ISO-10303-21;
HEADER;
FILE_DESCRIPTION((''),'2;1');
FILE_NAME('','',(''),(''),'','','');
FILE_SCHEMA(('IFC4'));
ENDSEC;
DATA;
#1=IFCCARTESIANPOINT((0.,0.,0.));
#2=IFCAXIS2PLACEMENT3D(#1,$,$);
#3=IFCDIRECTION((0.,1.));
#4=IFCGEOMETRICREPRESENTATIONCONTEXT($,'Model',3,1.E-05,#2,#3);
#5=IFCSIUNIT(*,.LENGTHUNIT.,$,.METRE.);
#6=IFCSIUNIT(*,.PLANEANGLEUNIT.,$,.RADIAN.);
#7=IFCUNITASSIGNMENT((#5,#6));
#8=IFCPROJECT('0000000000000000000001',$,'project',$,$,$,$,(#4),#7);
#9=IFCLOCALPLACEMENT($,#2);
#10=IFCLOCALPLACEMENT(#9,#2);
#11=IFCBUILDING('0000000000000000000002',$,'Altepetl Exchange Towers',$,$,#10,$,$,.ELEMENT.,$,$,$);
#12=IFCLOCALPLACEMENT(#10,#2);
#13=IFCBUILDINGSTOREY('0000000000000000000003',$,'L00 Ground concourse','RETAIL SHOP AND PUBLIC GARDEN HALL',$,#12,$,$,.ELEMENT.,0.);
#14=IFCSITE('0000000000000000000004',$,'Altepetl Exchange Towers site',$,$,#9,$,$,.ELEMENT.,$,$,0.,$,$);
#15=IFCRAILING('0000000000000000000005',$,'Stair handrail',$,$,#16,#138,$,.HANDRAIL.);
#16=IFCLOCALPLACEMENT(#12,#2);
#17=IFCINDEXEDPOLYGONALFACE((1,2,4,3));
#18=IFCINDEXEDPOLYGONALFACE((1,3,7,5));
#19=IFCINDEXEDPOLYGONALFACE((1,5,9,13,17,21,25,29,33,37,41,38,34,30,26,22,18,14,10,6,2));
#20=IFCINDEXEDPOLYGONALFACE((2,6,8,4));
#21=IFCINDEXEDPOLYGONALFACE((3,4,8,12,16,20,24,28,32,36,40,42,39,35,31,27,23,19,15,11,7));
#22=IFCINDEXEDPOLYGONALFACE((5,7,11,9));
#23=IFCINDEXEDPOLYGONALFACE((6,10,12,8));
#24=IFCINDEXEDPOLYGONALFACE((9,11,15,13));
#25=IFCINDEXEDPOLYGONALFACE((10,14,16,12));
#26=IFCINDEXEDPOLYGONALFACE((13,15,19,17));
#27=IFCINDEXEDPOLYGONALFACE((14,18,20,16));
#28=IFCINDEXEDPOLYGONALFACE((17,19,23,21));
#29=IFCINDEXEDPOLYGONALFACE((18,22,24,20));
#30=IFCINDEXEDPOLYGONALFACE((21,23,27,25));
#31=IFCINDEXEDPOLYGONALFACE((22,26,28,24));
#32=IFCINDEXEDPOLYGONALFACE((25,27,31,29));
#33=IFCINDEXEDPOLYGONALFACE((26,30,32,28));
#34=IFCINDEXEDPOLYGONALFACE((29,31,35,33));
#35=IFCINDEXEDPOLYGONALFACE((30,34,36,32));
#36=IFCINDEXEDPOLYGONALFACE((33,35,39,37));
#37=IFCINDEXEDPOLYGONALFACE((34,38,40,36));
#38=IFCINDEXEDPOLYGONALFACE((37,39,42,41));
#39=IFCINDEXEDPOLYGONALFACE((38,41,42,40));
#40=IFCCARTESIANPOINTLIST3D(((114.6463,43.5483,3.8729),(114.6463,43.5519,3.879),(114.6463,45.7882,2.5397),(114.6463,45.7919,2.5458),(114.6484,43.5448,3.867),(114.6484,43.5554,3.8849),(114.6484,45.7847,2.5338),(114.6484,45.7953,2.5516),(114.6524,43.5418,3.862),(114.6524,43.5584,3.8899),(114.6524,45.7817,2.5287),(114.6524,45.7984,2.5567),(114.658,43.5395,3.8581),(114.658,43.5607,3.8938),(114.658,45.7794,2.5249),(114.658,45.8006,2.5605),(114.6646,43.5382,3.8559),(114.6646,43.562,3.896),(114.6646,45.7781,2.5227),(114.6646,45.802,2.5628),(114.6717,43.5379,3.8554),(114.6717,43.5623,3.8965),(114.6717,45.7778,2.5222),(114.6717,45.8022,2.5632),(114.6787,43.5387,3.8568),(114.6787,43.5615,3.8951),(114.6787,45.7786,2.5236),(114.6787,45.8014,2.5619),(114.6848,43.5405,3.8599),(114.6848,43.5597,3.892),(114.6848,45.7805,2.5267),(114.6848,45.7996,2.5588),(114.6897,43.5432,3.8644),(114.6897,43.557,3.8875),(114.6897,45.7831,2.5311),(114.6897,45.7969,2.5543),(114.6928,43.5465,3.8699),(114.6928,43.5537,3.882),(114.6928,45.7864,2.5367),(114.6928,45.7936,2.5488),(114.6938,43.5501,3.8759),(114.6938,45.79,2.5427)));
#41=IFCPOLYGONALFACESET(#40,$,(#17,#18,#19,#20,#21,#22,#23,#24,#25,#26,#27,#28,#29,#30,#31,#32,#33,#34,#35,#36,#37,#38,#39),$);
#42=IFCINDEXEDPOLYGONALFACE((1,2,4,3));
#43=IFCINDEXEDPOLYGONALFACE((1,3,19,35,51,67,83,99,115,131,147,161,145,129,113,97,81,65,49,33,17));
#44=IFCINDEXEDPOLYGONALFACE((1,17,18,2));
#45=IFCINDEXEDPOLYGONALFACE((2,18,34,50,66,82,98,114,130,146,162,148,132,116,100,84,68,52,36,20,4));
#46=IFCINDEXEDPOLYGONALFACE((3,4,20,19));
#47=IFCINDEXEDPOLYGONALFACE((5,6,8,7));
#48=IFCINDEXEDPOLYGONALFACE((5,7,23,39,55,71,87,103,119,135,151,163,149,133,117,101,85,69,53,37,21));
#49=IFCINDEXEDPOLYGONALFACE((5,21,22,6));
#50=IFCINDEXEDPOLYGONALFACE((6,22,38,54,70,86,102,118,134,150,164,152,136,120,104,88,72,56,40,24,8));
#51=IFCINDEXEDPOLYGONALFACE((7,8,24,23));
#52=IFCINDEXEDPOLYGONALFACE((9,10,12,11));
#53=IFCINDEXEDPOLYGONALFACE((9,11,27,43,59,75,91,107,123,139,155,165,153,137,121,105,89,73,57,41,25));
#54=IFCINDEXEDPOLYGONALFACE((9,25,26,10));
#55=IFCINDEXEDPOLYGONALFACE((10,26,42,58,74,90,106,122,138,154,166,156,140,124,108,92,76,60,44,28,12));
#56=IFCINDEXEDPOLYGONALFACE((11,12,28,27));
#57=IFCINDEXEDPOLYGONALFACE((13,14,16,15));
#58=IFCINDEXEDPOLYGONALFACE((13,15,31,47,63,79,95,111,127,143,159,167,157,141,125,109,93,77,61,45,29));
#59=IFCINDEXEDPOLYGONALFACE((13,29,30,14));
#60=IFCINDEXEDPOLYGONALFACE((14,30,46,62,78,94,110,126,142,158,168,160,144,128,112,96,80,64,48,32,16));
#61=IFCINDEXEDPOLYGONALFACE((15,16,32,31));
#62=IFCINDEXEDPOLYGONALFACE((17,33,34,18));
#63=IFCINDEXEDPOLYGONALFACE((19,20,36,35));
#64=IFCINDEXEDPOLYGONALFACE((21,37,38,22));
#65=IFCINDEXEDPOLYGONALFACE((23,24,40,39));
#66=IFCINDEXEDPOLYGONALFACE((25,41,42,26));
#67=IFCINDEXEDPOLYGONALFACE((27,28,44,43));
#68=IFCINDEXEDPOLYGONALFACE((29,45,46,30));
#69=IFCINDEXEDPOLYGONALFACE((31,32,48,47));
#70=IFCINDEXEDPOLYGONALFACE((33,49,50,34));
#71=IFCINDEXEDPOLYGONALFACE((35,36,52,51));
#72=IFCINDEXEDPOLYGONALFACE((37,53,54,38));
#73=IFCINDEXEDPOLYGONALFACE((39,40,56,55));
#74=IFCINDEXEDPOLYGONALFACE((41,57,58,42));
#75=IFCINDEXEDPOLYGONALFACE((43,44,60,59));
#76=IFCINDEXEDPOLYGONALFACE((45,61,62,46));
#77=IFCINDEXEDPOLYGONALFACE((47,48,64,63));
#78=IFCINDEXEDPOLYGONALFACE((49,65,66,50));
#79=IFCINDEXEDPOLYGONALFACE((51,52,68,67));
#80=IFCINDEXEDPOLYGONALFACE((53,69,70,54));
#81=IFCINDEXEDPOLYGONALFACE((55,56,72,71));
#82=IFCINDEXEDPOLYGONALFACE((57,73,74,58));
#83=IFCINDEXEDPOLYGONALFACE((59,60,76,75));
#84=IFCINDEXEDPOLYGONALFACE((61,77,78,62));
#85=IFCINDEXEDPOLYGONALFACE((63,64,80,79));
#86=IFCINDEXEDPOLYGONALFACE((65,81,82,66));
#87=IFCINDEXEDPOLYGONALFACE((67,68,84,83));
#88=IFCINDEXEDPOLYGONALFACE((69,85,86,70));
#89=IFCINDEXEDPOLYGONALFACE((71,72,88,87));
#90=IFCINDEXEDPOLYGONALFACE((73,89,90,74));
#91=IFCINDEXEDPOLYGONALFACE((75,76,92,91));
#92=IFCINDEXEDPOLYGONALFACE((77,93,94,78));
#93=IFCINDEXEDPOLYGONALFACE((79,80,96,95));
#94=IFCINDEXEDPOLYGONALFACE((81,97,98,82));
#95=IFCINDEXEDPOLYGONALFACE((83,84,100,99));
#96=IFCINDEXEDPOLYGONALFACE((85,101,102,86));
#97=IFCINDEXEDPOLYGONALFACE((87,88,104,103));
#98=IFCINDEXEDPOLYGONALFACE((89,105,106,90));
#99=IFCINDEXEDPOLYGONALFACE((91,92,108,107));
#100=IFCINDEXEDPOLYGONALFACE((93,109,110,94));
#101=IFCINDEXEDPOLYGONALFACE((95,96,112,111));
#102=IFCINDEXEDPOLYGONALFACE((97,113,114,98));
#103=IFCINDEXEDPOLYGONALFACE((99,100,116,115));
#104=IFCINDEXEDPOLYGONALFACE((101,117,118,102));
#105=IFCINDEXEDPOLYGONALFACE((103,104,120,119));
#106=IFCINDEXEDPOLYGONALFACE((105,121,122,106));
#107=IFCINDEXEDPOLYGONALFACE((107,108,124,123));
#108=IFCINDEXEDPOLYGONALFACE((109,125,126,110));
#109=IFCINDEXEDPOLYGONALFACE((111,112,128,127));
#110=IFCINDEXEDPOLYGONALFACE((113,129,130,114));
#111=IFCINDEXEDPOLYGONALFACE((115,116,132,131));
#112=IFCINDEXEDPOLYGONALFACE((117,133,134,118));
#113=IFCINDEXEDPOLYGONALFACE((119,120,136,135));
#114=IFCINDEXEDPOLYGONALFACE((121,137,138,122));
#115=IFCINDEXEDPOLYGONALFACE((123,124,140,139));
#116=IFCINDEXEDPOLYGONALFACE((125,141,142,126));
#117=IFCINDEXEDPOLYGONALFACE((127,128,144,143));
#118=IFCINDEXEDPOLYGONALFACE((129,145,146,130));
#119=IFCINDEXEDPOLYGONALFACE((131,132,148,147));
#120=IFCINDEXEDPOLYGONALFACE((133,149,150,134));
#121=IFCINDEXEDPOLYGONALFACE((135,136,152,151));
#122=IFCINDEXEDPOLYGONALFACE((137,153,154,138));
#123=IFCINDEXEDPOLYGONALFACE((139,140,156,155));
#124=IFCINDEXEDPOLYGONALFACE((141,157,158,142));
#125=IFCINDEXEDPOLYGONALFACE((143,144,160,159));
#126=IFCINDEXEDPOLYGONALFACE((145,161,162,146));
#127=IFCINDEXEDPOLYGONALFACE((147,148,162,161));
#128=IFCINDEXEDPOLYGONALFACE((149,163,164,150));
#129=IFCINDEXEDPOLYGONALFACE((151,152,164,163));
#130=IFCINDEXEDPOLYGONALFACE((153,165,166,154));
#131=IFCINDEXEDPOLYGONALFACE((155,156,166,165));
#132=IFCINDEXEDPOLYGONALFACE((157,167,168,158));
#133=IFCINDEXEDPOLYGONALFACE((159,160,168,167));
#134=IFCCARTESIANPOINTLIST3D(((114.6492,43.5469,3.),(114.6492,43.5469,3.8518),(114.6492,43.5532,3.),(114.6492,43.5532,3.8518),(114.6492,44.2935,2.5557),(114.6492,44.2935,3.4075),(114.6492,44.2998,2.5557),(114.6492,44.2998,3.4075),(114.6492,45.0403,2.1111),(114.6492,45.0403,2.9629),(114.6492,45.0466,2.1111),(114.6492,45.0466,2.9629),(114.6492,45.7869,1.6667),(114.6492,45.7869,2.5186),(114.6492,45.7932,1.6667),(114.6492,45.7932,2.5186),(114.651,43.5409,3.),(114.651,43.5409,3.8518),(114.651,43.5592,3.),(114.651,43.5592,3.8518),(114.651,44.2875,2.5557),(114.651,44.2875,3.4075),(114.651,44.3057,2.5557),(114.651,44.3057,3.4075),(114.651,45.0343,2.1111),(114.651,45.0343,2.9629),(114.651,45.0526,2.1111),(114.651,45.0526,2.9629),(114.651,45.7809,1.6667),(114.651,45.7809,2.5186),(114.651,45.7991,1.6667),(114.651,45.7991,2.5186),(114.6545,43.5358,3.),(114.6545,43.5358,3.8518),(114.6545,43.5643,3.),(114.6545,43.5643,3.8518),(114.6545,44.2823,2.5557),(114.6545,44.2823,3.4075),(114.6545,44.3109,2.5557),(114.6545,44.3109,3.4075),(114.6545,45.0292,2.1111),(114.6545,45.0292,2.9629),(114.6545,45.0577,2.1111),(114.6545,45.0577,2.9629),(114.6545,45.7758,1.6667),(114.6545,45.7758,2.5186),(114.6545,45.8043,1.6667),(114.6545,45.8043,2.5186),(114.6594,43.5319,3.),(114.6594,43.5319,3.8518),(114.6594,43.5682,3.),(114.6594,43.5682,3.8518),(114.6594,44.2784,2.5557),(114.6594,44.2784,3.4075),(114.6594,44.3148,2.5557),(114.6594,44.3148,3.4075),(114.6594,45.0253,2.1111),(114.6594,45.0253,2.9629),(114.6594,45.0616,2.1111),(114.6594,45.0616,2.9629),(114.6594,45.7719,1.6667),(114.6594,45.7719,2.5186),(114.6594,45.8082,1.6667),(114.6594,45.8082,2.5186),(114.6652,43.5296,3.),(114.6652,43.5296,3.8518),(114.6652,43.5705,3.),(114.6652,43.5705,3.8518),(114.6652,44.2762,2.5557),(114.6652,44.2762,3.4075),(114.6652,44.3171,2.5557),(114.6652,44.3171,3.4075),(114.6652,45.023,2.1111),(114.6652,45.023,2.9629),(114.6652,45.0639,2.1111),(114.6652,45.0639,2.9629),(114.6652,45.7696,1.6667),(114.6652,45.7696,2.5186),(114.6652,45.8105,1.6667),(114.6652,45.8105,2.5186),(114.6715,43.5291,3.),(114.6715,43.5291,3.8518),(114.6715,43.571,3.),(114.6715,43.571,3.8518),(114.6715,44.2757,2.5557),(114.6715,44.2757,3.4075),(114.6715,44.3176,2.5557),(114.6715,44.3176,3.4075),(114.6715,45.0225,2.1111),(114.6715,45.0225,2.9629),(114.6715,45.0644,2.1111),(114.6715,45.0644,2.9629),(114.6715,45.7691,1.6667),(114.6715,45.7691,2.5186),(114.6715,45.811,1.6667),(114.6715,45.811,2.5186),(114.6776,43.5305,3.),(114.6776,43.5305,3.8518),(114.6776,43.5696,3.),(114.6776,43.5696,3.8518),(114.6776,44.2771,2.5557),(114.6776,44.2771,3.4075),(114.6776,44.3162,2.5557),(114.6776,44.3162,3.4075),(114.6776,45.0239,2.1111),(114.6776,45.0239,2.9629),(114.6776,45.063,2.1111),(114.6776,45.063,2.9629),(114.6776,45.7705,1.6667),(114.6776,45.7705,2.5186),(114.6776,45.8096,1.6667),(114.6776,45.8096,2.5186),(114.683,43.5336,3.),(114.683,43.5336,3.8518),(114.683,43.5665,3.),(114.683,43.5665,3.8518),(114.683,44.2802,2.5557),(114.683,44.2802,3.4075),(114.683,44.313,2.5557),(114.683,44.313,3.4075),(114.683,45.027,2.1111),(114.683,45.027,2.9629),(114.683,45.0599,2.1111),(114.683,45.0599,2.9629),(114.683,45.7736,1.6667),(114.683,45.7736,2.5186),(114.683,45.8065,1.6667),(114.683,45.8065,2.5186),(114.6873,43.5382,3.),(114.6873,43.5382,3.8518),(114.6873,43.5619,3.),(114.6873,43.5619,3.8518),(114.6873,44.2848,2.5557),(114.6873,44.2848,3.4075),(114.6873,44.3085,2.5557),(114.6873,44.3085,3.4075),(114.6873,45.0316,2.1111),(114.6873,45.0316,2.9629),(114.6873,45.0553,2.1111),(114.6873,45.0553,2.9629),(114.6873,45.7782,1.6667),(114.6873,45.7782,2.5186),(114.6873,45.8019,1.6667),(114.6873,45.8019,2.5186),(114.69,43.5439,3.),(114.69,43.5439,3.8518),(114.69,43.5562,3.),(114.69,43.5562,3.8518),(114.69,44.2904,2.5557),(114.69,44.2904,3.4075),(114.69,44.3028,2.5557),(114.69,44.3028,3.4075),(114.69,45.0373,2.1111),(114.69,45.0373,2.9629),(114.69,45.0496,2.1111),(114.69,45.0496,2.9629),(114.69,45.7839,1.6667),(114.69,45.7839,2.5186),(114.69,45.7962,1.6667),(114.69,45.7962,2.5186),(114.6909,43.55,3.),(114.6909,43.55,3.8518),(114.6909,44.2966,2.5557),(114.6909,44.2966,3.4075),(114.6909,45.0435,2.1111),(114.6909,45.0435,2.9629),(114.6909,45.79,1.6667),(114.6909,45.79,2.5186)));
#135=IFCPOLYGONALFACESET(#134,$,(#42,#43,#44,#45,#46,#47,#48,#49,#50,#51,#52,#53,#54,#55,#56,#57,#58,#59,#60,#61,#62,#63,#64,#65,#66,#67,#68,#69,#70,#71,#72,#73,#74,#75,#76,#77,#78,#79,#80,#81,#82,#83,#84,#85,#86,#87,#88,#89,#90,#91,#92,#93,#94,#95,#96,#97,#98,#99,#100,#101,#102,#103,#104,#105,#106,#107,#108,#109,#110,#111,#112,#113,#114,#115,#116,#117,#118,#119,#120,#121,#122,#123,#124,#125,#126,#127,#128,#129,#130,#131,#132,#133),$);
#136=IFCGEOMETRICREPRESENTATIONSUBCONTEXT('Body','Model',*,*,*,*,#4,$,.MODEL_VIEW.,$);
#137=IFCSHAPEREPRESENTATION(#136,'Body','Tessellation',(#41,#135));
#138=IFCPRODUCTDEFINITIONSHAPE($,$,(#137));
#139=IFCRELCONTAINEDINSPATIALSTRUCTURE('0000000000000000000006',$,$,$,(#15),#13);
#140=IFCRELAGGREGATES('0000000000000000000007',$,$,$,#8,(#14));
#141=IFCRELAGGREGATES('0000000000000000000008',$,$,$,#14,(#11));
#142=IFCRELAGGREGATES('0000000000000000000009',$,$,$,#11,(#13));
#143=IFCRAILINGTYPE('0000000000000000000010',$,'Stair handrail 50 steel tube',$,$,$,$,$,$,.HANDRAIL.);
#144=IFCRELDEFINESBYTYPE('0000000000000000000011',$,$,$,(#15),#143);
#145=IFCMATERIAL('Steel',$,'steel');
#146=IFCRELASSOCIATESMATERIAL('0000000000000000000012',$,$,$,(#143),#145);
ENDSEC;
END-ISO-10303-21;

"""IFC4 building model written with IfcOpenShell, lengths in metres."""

from ifc_helpers import new_model, si_unit, direction, frame, origin, origin_2d, place, context, subcontext, project, spatial, circle, extrude, source, transform, mapped, material, type_object, element, save


model = new_model("IFC4")

# Units and contexts
model_context = context("Model", 3, precision=1e-05, world=origin(), true_north=direction((0.0, 1.0)))
body_context = subcontext(model_context, "Body", "Model", "MODEL_VIEW")
ifc_project = project(units=[si_unit("LENGTHUNIT", "METRE"), si_unit("PLANEANGLEUNIT", "RADIAN")], contexts=[model_context])

# Site, building, storey
site_placement = place(None, origin())
site = spatial("IfcSite", under=ifc_project, at=site_placement, Name="Altepetl Exchange Towers site", CompositionType="ELEMENT", RefElevation=0.0)
building_placement = place(site_placement, origin())
building = spatial("IfcBuilding", under=site, at=building_placement, Name="Altepetl Exchange Towers", CompositionType="ELEMENT")
storey_placement = place(building_placement, origin())
storey = spatial("IfcBuildingStorey", under=building, at=storey_placement, Name="L00 Ground concourse", Description="RETAIL SHOP AND PUBLIC GARDEN HALL", CompositionType="ELEMENT", Elevation=0.0)

# Railing
ifc_material_1 = material(Name="Steel", Category="steel")
railing_type = type_object("IfcRailingType", Name="Stair handrail 50 steel tube", PredefinedType="HANDRAIL", material=ifc_material_1)
shared_shape = source(origin(), body_context, "Body", "SweptSolid", [
    extrude(circle(Radius=0.021, at=origin_2d()), origin(), (0.0, 0.0, 1.0), 0.8518),
])
railing_1_placement = place(storey_placement, frame((114.6699, 45.79, 1.6667)))
element("IfcRailing", 1, at=railing_1_placement, inside=storey, type_object=railing_type, Name="Stair handrail", PredefinedType="HANDRAIL", context=body_context, shape_type="SweptSolid", body=[
    extrude(circle(Radius=0.0239, at=origin_2d()), frame((0.0, 0.0, 0.876), z_axis=(0.0, -0.859306, 0.511462), x_axis=(1.0, 0.0, 0.0)), (0.0, 0.0, 1.0), 2.6067),
    mapped(shared_shape, transform((0.0, 0.0, 0.0))),
    mapped(shared_shape, transform((0.0, -0.7466, 0.4443))),
    mapped(shared_shape, transform((0.0, -1.4934, 0.8889))),
    mapped(shared_shape, transform((0.0, -2.24, 1.3333))),
])

save(model, "model.ifc")
